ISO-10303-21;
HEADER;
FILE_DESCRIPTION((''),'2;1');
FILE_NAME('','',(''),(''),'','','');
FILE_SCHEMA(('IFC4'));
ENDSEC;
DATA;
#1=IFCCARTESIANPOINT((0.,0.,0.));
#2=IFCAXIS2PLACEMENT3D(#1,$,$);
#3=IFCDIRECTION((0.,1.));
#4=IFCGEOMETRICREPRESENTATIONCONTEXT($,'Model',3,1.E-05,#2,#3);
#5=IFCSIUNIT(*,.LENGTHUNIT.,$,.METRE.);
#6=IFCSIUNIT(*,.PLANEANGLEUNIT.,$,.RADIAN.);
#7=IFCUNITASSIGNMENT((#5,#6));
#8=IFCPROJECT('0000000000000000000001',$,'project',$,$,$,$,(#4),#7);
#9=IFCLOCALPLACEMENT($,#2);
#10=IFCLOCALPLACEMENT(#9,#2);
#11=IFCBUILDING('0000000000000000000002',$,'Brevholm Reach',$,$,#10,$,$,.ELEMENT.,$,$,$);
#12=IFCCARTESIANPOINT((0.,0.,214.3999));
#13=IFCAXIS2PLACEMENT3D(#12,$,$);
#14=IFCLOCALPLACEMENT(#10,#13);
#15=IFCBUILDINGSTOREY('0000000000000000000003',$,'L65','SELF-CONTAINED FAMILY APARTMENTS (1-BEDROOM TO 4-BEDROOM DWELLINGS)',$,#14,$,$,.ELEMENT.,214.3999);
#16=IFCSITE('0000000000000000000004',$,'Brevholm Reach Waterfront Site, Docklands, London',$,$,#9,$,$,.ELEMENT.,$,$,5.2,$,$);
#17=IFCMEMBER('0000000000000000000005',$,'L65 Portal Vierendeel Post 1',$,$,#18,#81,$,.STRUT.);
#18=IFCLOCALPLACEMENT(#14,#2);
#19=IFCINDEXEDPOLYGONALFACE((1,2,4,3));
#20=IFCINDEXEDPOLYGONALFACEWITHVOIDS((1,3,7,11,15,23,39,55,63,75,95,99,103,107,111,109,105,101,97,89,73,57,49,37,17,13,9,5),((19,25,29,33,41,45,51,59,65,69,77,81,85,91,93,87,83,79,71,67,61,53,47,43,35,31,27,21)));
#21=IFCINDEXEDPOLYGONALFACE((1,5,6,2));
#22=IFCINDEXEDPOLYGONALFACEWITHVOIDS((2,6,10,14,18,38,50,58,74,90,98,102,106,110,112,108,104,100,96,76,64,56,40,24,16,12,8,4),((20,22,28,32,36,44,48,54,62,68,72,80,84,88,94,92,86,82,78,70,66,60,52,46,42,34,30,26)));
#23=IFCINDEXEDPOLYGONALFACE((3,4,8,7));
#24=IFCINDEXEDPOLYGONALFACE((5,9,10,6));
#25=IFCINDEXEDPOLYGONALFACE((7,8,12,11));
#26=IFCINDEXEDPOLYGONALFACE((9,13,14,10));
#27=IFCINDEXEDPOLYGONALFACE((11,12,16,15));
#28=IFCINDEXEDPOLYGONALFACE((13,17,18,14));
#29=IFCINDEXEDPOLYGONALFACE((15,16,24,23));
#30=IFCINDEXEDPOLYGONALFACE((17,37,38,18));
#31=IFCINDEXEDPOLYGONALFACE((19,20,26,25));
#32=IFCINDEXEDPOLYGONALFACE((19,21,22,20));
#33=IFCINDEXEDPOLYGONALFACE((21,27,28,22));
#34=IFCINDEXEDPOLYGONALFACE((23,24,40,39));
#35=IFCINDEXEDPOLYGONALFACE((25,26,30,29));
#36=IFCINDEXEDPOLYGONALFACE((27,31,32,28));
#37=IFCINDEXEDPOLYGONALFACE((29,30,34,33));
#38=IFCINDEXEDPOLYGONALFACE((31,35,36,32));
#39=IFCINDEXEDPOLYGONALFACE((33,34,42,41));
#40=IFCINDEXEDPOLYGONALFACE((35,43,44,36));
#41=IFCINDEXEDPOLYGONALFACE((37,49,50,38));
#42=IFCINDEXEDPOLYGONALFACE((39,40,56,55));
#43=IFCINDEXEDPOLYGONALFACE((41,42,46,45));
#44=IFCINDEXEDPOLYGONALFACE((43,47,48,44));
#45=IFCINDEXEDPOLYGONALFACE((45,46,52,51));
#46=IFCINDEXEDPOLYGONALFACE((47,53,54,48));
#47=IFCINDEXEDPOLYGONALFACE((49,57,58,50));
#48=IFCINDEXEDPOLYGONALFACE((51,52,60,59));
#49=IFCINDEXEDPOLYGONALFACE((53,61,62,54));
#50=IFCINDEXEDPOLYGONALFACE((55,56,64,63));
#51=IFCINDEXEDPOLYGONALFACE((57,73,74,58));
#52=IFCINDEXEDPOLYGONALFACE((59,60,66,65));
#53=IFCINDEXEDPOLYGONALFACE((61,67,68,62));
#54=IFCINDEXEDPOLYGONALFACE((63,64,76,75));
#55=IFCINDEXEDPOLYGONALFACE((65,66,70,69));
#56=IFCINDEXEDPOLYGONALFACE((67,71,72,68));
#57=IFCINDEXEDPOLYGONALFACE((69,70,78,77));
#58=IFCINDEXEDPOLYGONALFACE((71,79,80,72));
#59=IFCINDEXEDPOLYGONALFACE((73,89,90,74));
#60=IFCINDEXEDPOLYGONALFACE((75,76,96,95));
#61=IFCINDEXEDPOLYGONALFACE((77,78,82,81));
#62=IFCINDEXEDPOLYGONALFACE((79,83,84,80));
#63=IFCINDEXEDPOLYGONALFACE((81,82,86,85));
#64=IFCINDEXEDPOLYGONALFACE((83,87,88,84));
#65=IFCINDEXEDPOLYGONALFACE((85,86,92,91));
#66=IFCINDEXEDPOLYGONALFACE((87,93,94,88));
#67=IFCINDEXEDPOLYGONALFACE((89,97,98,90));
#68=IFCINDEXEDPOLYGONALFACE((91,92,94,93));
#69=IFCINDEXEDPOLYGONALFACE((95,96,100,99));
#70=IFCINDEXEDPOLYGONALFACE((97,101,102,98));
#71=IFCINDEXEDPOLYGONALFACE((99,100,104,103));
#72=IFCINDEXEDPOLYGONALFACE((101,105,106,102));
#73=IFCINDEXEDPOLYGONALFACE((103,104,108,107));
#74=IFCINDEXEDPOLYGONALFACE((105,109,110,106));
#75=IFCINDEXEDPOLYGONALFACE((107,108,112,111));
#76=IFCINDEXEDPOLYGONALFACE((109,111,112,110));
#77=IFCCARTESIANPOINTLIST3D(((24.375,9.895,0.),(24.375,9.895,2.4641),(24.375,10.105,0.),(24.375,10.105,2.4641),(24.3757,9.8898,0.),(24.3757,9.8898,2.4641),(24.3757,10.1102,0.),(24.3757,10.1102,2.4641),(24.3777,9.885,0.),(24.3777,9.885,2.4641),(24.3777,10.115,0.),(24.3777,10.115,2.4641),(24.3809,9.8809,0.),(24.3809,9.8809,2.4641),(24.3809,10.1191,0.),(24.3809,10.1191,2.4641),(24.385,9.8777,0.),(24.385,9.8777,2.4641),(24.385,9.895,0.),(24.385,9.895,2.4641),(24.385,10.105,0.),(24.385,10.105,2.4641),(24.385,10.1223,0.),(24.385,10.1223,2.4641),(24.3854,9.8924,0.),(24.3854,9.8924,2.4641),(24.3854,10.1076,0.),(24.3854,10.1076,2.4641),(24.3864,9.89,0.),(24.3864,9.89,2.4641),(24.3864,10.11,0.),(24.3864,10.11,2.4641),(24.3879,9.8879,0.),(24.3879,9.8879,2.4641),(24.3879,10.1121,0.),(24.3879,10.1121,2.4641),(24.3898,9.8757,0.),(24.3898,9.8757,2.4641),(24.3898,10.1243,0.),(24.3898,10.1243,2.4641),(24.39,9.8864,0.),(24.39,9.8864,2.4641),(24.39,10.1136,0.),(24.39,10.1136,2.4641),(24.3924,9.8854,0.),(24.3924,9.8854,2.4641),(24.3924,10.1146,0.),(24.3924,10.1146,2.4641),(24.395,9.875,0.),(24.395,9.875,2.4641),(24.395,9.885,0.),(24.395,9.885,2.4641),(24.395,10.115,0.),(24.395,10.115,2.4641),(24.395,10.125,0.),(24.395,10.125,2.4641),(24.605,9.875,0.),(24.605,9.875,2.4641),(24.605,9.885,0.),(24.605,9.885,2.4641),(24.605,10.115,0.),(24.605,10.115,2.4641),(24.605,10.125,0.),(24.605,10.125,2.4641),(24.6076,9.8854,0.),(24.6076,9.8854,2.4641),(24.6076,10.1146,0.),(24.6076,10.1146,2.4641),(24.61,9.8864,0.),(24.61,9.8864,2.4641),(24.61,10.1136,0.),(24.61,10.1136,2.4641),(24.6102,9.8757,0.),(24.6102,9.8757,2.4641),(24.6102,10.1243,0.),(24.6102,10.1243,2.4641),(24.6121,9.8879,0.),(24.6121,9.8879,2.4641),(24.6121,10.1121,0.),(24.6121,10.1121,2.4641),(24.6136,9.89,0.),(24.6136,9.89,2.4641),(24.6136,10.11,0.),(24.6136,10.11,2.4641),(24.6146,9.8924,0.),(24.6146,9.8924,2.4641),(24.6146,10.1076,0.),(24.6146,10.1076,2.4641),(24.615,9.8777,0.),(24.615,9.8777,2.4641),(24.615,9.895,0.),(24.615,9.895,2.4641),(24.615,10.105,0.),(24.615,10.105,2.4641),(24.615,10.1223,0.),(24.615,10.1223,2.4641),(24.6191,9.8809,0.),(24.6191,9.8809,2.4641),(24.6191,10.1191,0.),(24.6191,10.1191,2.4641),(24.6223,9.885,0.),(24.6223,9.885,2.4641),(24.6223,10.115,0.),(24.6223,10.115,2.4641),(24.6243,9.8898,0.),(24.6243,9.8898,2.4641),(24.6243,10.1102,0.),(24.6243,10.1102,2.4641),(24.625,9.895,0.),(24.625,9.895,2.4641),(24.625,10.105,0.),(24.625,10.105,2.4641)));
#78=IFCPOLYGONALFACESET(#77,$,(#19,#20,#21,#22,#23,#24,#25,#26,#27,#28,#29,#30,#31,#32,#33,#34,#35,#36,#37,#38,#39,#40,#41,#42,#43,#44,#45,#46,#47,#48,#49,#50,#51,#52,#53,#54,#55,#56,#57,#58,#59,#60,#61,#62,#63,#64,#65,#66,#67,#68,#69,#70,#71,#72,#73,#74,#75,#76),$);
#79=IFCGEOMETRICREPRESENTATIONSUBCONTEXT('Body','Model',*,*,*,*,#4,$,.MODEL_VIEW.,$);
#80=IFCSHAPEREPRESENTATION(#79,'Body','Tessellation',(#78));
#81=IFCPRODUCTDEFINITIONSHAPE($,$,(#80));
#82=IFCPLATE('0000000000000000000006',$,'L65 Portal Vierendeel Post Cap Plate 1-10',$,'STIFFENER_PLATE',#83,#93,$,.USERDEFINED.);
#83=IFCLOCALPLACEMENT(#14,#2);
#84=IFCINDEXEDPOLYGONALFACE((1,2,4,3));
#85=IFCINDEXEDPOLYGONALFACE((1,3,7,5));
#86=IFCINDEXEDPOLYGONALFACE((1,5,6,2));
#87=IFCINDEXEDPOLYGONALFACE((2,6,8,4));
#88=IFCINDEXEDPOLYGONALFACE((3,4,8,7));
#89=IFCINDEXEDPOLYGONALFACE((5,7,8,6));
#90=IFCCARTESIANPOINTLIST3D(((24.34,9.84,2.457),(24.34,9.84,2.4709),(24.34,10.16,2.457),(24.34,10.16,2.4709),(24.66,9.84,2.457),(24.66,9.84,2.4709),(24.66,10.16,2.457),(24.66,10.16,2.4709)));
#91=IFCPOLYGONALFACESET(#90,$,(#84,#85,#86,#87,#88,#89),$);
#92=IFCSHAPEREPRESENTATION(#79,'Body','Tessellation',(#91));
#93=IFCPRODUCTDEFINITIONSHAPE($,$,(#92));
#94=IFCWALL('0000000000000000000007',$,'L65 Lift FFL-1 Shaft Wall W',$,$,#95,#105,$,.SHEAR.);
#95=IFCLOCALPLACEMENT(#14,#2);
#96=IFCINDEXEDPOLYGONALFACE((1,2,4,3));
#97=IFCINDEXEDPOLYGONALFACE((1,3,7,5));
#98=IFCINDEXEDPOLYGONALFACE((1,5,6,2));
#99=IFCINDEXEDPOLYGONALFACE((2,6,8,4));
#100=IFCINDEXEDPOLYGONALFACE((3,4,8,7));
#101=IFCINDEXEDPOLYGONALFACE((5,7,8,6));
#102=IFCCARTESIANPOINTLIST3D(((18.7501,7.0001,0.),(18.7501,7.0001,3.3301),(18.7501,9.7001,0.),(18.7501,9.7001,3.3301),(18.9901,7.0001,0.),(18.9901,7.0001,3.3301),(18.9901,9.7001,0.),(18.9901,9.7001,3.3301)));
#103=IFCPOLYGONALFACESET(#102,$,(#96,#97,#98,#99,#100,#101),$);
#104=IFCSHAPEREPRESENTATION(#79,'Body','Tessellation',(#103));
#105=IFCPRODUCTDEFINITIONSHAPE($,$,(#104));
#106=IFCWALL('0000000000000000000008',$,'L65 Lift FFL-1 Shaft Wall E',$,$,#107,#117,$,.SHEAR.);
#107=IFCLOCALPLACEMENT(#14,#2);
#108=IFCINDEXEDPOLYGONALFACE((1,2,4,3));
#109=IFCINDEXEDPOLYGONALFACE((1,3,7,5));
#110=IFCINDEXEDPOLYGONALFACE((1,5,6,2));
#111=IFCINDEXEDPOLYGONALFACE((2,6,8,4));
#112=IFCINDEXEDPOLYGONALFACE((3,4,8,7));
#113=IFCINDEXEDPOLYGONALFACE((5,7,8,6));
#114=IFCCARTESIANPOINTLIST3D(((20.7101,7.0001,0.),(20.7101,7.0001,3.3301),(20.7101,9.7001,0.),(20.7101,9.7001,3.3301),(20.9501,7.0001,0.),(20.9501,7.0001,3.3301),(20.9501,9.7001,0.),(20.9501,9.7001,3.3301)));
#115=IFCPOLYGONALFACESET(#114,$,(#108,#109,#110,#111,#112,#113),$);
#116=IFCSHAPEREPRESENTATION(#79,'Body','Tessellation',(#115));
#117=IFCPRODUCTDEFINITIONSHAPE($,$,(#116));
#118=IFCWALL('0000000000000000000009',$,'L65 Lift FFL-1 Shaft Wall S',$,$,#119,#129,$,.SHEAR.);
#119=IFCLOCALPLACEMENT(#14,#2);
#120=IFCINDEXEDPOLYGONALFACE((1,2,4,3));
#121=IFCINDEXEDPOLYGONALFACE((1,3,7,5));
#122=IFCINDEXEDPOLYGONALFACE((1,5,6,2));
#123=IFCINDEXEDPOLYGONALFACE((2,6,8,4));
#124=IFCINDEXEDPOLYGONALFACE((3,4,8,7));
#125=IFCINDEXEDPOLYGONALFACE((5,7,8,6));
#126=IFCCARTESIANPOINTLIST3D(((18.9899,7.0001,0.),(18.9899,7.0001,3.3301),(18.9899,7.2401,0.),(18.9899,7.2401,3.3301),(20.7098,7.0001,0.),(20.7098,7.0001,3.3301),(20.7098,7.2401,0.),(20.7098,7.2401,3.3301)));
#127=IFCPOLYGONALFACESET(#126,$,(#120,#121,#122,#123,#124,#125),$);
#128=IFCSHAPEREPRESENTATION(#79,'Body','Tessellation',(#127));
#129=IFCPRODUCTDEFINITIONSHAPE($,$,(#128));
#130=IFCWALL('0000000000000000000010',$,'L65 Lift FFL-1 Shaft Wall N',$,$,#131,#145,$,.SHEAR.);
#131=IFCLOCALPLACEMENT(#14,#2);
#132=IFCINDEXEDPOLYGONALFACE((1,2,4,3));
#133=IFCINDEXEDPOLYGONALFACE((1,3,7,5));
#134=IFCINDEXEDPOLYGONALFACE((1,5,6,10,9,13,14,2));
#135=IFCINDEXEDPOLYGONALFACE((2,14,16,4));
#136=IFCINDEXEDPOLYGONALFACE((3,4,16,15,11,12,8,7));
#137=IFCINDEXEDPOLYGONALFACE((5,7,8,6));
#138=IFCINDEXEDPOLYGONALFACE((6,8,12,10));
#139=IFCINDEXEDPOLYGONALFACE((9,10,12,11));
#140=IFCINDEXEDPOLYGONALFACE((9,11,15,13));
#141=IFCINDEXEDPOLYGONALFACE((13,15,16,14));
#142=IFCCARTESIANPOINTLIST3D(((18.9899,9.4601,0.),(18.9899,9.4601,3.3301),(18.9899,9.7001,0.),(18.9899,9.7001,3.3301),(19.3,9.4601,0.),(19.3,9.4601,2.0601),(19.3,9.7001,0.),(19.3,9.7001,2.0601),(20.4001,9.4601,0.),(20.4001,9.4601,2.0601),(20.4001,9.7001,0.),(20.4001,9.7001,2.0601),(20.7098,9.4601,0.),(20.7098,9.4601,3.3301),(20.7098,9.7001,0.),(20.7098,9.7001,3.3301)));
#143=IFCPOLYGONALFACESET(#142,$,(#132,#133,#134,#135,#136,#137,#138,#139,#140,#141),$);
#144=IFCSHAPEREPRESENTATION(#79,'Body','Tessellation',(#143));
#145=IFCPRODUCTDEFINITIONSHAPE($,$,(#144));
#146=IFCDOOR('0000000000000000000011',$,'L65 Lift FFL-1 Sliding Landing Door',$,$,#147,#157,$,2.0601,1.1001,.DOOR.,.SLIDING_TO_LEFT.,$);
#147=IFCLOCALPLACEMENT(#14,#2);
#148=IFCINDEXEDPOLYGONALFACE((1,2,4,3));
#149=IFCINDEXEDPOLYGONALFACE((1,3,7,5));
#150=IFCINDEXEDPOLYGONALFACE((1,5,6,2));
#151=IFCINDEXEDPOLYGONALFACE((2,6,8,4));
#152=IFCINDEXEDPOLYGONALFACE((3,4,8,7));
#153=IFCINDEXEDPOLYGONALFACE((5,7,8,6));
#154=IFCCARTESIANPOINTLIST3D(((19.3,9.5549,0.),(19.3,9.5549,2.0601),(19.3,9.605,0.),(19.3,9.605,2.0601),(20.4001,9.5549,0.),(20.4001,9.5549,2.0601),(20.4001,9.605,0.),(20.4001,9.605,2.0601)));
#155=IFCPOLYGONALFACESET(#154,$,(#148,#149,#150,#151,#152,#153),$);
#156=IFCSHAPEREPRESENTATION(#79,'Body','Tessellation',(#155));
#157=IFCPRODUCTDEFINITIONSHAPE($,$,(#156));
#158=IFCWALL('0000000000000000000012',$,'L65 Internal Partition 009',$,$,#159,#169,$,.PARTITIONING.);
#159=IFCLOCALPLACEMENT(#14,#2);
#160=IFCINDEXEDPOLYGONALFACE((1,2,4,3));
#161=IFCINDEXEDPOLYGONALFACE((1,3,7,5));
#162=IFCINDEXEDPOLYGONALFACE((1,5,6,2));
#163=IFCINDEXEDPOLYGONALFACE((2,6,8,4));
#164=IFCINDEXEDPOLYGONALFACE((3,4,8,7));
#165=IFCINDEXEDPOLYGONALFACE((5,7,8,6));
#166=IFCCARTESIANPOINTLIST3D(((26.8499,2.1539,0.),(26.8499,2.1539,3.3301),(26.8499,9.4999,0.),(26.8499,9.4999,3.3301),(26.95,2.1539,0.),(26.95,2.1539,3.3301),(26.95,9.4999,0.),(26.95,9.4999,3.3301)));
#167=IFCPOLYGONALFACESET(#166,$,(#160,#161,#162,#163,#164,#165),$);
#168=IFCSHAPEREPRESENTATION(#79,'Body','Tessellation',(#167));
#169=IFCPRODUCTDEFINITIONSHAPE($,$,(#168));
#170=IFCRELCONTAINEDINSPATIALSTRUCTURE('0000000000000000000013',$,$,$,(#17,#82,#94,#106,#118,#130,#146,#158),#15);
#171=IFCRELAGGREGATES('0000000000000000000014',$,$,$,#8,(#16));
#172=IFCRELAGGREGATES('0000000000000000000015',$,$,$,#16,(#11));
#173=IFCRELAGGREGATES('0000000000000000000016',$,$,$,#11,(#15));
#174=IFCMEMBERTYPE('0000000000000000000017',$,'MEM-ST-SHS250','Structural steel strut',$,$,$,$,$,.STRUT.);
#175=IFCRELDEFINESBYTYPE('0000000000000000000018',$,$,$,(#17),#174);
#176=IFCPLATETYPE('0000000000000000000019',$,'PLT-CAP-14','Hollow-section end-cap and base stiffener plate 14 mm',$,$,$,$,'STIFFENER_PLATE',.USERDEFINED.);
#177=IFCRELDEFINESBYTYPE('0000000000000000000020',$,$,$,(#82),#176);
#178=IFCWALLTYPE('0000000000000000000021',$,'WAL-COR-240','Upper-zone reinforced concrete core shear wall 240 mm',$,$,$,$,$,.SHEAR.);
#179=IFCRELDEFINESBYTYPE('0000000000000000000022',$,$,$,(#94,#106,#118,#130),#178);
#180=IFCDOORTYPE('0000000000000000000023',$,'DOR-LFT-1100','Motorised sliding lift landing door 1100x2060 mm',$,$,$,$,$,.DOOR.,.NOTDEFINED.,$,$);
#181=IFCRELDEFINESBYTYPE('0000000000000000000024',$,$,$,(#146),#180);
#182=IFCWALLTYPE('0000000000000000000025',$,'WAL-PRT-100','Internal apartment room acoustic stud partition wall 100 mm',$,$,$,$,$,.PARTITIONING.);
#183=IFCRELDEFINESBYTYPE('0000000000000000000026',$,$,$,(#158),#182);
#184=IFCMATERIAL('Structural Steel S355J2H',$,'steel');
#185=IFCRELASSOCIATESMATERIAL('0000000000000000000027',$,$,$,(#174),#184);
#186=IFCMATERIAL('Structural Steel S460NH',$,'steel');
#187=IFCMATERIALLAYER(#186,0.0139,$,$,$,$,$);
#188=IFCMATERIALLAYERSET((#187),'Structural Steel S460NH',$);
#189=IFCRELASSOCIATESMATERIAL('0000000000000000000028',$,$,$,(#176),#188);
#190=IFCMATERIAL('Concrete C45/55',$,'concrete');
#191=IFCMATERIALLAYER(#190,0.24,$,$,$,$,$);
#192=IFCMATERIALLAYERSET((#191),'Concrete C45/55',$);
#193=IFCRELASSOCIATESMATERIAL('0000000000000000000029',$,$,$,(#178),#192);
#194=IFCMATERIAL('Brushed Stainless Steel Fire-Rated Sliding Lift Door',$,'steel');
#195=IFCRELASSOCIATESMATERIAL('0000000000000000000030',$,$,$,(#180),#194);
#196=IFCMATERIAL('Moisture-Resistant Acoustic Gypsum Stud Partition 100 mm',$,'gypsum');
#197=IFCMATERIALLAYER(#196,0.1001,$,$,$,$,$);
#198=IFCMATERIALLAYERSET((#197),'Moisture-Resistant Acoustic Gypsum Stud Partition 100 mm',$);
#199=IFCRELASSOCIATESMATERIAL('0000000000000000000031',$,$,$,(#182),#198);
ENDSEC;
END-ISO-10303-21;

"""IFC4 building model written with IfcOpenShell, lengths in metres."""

from ifc_helpers import new_model, si_unit, direction, frame, frame_2d, origin, origin_2d, place, context, subcontext, project, spatial, rectangle, hollow_rectangle, extrude, material, layer, layer_set, material_profile, profile_set, type_object, element, fill, save


model = new_model("IFC4")

# Units and contexts
model_context = context("Model", 3, precision=1e-05, world=origin(), true_north=direction((0.0, 1.0)))
body_context = subcontext(model_context, "Body", "Model", "MODEL_VIEW")
ifc_project = project(units=[si_unit("LENGTHUNIT", "METRE"), si_unit("PLANEANGLEUNIT", "RADIAN")], contexts=[model_context])

# Site, building, storey
site_placement = place(None, origin())
site = spatial("IfcSite", under=ifc_project, at=site_placement, Name="Brevholm Reach Waterfront Site, Docklands, London", CompositionType="ELEMENT", RefElevation=5.2)
building_placement = place(site_placement, origin())
building = spatial("IfcBuilding", under=site, at=building_placement, Name="Brevholm Reach", CompositionType="ELEMENT")
storey_placement = place(building_placement, frame((0.0, 0.0, 214.3999)))
storey = spatial("IfcBuildingStorey", under=building, at=storey_placement, Name="L65", Description="SELF-CONTAINED FAMILY APARTMENTS (1-BEDROOM TO 4-BEDROOM DWELLINGS)", CompositionType="ELEMENT", Elevation=214.3999)

# Member
ifc_material_1 = material(Name="Structural Steel S355J2H", Category="steel")
ifc_material_profile_1 = material_profile(ifc_material_1, hollow_rectangle(XDim=0.25, YDim=0.25, WallThickness=0.01, InnerFilletRadius=0.01, OuterFilletRadius=0.02, at=origin_2d()), Name="SHS 250x250x10")
ifc_profile_set_1 = profile_set([ifc_material_profile_1], Name="Structural Steel S355J2H")
member_type = type_object("IfcMemberType", Name="MEM-ST-SHS250", Description="Structural steel strut", PredefinedType="STRUT", material=ifc_profile_set_1)
member_placement = place(storey_placement, frame((24.5, 10.0, 0.0), z_axis=(0.0, 0.0, 1.0), x_axis=(1.0, 0.0, 0.0)))
element("IfcMember", 1, at=member_placement, inside=storey, type_object=member_type, Name="L65 Portal Vierendeel Post 1", PredefinedType="STRUT", context=body_context, shape_type="SweptSolid", body=[
    extrude(hollow_rectangle(XDim=0.25, YDim=0.25, WallThickness=0.01, InnerFilletRadius=0.01, OuterFilletRadius=0.02, at=origin_2d()), origin(), (0.0, 0.0, 1.0), 2.4641),
])

# Plate
ifc_material_2 = material(Name="Structural Steel S460NH", Category="steel")
ifc_layer_1 = layer(ifc_material_2, 0.0139)
ifc_layer_set_1 = layer_set([ifc_layer_1], Name="Structural Steel S460NH")
plate_type = type_object("IfcPlateType", Name="PLT-CAP-14", Description="Hollow-section end-cap and base stiffener plate 14 mm", ElementType="STIFFENER_PLATE", PredefinedType="USERDEFINED", material=ifc_layer_set_1)
plate_placement = place(storey_placement, frame((24.5, 10.0, 2.457), z_axis=(0.0, 0.0, 1.0), x_axis=(1.0, 0.0, 0.0)))
element("IfcPlate", 2, at=plate_placement, inside=storey, type_object=plate_type, Name="L65 Portal Vierendeel Post Cap Plate 1-10", ObjectType="STIFFENER_PLATE", PredefinedType="USERDEFINED", context=body_context, shape_type="SweptSolid", body=[
    extrude(rectangle(XDim=0.3201, YDim=0.3201, at=origin_2d()), origin(), (0.0, 0.0, 1.0), 0.0139),
])

# Walls
ifc_material_3 = material(Name="Concrete C45/55", Category="concrete")
ifc_layer_2 = layer(ifc_material_3, 0.24)
ifc_layer_set_2 = layer_set([ifc_layer_2], Name="Concrete C45/55")
wall_type_1 = type_object("IfcWallType", Name="WAL-COR-240", Description="Upper-zone reinforced concrete core shear wall 240 mm", PredefinedType="SHEAR", material=ifc_layer_set_2)
for number, where, z_axis, x_axis, name in (
    (3, (18.8701, 7.0, 0.0), (0.0, 0.0, 1.0), (0.0, 1.0, 0.0), "L65 Lift FFL-1 Shaft Wall W"),
    (4, (20.8301, 7.0, 0.0), (0.0, 0.0, 1.0), (0.0, 1.0, 0.0), "L65 Lift FFL-1 Shaft Wall E"),
):
    element("IfcWall", number, at=place(storey_placement, frame(where, z_axis=z_axis, x_axis=x_axis)), inside=storey, type_object=wall_type_1, Name=name, PredefinedType="SHEAR", context=body_context, shape_type="SweptSolid", body=[
        extrude(rectangle(XDim=2.7, YDim=0.24, at=frame_2d((1.3501, 0.0))), origin(), (0.0, 0.0, 1.0), 3.3301),
    ])
wall_1_placement = place(storey_placement, frame((18.99, 7.1201, 0.0), z_axis=(0.0, 0.0, 1.0), x_axis=(1.0, 0.0, 0.0)))
element("IfcWall", 5, at=wall_1_placement, inside=storey, type_object=wall_type_1, Name="L65 Lift FFL-1 Shaft Wall S", PredefinedType="SHEAR", context=body_context, shape_type="SweptSolid", body=[
    extrude(rectangle(XDim=1.72, YDim=0.24, at=frame_2d((0.8599, 0.0))), origin(), (0.0, 0.0, 1.0), 3.3301),
])

# Wall, opening, door
wall_2_placement = place(storey_placement, frame((18.99, 9.5801, 0.0), z_axis=(0.0, 0.0, 1.0), x_axis=(1.0, 0.0, 0.0)))
wall_2 = element("IfcWall", 6, at=wall_2_placement, inside=storey, type_object=wall_type_1, Name="L65 Lift FFL-1 Shaft Wall N", PredefinedType="SHEAR", context=body_context, shape_type="SweptSolid", body=[
    extrude(rectangle(XDim=1.72, YDim=0.24, at=frame_2d((0.8599, 0.0))), origin(), (0.0, 0.0, 1.0), 3.3301),
])
opening_1_placement = place(wall_2_placement, frame((0.3101, 0.0, 0.0)))
opening_1 = element("IfcOpeningElement", 7, at=opening_1_placement, cuts=wall_2, PredefinedType="OPENING", context=body_context, shape_type="SweptSolid", body=[
    extrude(rectangle(XDim=1.1001, YDim=2.0601, at=frame_2d((0.55, 1.03))), frame((0.0, 0.1299, 0.0), z_axis=(0.0, -1.0, 0.0), x_axis=(1.0, 0.0, 0.0)), (0.0, 0.0, 1.0), 0.26),
])
ifc_material_4 = material(Name="Brushed Stainless Steel Fire-Rated Sliding Lift Door", Category="steel")
door_type_1 = type_object("IfcDoorType", Name="DOR-LFT-1100", Description="Motorised sliding lift landing door 1100x2060 mm", OperationType="NOTDEFINED", PredefinedType="DOOR", material=ifc_material_4)
door_1_placement = place(opening_1_placement, origin())
door_1 = element("IfcDoor", 8, at=door_1_placement, inside=storey, type_object=door_type_1, Name="L65 Lift FFL-1 Sliding Landing Door", OperationType="SLIDING_TO_LEFT", OverallHeight=2.0601, OverallWidth=1.1001, PredefinedType="DOOR", context=body_context, shape_type="SweptSolid", body=[
    extrude(rectangle(XDim=1.1001, YDim=2.0601, at=frame_2d((0.55, 1.03))), frame((0.0, 0.0249, 0.0), z_axis=(0.0, -1.0, 0.0), x_axis=(1.0, 0.0, 0.0)), (0.0, 0.0, 1.0), 0.05),
])
fill(opening_1, door_1)

# Wall
ifc_material_5 = material(Name="Moisture-Resistant Acoustic Gypsum Stud Partition 100 mm", Category="gypsum")
ifc_layer_3 = layer(ifc_material_5, 0.1001)
ifc_layer_set_3 = layer_set([ifc_layer_3], Name="Moisture-Resistant Acoustic Gypsum Stud Partition 100 mm")
wall_type_2 = type_object("IfcWallType", Name="WAL-PRT-100", Description="Internal apartment room acoustic stud partition wall 100 mm", PredefinedType="PARTITIONING", material=ifc_layer_set_3)
wall_3_placement = place(storey_placement, frame((26.8999, 2.1541, 0.0), z_axis=(0.0, 0.0, 1.0), x_axis=(0.0, 1.0, 0.0)))
element("IfcWall", 9, at=wall_3_placement, inside=storey, type_object=wall_type_2, Name="L65 Internal Partition 009", PredefinedType="PARTITIONING", context=body_context, shape_type="SweptSolid", body=[
    extrude(rectangle(XDim=7.3459, YDim=0.1001, at=frame_2d((3.6729, 0.0))), origin(), (0.0, 0.0, 1.0), 3.3301),
])

save(model, "model.ifc")
